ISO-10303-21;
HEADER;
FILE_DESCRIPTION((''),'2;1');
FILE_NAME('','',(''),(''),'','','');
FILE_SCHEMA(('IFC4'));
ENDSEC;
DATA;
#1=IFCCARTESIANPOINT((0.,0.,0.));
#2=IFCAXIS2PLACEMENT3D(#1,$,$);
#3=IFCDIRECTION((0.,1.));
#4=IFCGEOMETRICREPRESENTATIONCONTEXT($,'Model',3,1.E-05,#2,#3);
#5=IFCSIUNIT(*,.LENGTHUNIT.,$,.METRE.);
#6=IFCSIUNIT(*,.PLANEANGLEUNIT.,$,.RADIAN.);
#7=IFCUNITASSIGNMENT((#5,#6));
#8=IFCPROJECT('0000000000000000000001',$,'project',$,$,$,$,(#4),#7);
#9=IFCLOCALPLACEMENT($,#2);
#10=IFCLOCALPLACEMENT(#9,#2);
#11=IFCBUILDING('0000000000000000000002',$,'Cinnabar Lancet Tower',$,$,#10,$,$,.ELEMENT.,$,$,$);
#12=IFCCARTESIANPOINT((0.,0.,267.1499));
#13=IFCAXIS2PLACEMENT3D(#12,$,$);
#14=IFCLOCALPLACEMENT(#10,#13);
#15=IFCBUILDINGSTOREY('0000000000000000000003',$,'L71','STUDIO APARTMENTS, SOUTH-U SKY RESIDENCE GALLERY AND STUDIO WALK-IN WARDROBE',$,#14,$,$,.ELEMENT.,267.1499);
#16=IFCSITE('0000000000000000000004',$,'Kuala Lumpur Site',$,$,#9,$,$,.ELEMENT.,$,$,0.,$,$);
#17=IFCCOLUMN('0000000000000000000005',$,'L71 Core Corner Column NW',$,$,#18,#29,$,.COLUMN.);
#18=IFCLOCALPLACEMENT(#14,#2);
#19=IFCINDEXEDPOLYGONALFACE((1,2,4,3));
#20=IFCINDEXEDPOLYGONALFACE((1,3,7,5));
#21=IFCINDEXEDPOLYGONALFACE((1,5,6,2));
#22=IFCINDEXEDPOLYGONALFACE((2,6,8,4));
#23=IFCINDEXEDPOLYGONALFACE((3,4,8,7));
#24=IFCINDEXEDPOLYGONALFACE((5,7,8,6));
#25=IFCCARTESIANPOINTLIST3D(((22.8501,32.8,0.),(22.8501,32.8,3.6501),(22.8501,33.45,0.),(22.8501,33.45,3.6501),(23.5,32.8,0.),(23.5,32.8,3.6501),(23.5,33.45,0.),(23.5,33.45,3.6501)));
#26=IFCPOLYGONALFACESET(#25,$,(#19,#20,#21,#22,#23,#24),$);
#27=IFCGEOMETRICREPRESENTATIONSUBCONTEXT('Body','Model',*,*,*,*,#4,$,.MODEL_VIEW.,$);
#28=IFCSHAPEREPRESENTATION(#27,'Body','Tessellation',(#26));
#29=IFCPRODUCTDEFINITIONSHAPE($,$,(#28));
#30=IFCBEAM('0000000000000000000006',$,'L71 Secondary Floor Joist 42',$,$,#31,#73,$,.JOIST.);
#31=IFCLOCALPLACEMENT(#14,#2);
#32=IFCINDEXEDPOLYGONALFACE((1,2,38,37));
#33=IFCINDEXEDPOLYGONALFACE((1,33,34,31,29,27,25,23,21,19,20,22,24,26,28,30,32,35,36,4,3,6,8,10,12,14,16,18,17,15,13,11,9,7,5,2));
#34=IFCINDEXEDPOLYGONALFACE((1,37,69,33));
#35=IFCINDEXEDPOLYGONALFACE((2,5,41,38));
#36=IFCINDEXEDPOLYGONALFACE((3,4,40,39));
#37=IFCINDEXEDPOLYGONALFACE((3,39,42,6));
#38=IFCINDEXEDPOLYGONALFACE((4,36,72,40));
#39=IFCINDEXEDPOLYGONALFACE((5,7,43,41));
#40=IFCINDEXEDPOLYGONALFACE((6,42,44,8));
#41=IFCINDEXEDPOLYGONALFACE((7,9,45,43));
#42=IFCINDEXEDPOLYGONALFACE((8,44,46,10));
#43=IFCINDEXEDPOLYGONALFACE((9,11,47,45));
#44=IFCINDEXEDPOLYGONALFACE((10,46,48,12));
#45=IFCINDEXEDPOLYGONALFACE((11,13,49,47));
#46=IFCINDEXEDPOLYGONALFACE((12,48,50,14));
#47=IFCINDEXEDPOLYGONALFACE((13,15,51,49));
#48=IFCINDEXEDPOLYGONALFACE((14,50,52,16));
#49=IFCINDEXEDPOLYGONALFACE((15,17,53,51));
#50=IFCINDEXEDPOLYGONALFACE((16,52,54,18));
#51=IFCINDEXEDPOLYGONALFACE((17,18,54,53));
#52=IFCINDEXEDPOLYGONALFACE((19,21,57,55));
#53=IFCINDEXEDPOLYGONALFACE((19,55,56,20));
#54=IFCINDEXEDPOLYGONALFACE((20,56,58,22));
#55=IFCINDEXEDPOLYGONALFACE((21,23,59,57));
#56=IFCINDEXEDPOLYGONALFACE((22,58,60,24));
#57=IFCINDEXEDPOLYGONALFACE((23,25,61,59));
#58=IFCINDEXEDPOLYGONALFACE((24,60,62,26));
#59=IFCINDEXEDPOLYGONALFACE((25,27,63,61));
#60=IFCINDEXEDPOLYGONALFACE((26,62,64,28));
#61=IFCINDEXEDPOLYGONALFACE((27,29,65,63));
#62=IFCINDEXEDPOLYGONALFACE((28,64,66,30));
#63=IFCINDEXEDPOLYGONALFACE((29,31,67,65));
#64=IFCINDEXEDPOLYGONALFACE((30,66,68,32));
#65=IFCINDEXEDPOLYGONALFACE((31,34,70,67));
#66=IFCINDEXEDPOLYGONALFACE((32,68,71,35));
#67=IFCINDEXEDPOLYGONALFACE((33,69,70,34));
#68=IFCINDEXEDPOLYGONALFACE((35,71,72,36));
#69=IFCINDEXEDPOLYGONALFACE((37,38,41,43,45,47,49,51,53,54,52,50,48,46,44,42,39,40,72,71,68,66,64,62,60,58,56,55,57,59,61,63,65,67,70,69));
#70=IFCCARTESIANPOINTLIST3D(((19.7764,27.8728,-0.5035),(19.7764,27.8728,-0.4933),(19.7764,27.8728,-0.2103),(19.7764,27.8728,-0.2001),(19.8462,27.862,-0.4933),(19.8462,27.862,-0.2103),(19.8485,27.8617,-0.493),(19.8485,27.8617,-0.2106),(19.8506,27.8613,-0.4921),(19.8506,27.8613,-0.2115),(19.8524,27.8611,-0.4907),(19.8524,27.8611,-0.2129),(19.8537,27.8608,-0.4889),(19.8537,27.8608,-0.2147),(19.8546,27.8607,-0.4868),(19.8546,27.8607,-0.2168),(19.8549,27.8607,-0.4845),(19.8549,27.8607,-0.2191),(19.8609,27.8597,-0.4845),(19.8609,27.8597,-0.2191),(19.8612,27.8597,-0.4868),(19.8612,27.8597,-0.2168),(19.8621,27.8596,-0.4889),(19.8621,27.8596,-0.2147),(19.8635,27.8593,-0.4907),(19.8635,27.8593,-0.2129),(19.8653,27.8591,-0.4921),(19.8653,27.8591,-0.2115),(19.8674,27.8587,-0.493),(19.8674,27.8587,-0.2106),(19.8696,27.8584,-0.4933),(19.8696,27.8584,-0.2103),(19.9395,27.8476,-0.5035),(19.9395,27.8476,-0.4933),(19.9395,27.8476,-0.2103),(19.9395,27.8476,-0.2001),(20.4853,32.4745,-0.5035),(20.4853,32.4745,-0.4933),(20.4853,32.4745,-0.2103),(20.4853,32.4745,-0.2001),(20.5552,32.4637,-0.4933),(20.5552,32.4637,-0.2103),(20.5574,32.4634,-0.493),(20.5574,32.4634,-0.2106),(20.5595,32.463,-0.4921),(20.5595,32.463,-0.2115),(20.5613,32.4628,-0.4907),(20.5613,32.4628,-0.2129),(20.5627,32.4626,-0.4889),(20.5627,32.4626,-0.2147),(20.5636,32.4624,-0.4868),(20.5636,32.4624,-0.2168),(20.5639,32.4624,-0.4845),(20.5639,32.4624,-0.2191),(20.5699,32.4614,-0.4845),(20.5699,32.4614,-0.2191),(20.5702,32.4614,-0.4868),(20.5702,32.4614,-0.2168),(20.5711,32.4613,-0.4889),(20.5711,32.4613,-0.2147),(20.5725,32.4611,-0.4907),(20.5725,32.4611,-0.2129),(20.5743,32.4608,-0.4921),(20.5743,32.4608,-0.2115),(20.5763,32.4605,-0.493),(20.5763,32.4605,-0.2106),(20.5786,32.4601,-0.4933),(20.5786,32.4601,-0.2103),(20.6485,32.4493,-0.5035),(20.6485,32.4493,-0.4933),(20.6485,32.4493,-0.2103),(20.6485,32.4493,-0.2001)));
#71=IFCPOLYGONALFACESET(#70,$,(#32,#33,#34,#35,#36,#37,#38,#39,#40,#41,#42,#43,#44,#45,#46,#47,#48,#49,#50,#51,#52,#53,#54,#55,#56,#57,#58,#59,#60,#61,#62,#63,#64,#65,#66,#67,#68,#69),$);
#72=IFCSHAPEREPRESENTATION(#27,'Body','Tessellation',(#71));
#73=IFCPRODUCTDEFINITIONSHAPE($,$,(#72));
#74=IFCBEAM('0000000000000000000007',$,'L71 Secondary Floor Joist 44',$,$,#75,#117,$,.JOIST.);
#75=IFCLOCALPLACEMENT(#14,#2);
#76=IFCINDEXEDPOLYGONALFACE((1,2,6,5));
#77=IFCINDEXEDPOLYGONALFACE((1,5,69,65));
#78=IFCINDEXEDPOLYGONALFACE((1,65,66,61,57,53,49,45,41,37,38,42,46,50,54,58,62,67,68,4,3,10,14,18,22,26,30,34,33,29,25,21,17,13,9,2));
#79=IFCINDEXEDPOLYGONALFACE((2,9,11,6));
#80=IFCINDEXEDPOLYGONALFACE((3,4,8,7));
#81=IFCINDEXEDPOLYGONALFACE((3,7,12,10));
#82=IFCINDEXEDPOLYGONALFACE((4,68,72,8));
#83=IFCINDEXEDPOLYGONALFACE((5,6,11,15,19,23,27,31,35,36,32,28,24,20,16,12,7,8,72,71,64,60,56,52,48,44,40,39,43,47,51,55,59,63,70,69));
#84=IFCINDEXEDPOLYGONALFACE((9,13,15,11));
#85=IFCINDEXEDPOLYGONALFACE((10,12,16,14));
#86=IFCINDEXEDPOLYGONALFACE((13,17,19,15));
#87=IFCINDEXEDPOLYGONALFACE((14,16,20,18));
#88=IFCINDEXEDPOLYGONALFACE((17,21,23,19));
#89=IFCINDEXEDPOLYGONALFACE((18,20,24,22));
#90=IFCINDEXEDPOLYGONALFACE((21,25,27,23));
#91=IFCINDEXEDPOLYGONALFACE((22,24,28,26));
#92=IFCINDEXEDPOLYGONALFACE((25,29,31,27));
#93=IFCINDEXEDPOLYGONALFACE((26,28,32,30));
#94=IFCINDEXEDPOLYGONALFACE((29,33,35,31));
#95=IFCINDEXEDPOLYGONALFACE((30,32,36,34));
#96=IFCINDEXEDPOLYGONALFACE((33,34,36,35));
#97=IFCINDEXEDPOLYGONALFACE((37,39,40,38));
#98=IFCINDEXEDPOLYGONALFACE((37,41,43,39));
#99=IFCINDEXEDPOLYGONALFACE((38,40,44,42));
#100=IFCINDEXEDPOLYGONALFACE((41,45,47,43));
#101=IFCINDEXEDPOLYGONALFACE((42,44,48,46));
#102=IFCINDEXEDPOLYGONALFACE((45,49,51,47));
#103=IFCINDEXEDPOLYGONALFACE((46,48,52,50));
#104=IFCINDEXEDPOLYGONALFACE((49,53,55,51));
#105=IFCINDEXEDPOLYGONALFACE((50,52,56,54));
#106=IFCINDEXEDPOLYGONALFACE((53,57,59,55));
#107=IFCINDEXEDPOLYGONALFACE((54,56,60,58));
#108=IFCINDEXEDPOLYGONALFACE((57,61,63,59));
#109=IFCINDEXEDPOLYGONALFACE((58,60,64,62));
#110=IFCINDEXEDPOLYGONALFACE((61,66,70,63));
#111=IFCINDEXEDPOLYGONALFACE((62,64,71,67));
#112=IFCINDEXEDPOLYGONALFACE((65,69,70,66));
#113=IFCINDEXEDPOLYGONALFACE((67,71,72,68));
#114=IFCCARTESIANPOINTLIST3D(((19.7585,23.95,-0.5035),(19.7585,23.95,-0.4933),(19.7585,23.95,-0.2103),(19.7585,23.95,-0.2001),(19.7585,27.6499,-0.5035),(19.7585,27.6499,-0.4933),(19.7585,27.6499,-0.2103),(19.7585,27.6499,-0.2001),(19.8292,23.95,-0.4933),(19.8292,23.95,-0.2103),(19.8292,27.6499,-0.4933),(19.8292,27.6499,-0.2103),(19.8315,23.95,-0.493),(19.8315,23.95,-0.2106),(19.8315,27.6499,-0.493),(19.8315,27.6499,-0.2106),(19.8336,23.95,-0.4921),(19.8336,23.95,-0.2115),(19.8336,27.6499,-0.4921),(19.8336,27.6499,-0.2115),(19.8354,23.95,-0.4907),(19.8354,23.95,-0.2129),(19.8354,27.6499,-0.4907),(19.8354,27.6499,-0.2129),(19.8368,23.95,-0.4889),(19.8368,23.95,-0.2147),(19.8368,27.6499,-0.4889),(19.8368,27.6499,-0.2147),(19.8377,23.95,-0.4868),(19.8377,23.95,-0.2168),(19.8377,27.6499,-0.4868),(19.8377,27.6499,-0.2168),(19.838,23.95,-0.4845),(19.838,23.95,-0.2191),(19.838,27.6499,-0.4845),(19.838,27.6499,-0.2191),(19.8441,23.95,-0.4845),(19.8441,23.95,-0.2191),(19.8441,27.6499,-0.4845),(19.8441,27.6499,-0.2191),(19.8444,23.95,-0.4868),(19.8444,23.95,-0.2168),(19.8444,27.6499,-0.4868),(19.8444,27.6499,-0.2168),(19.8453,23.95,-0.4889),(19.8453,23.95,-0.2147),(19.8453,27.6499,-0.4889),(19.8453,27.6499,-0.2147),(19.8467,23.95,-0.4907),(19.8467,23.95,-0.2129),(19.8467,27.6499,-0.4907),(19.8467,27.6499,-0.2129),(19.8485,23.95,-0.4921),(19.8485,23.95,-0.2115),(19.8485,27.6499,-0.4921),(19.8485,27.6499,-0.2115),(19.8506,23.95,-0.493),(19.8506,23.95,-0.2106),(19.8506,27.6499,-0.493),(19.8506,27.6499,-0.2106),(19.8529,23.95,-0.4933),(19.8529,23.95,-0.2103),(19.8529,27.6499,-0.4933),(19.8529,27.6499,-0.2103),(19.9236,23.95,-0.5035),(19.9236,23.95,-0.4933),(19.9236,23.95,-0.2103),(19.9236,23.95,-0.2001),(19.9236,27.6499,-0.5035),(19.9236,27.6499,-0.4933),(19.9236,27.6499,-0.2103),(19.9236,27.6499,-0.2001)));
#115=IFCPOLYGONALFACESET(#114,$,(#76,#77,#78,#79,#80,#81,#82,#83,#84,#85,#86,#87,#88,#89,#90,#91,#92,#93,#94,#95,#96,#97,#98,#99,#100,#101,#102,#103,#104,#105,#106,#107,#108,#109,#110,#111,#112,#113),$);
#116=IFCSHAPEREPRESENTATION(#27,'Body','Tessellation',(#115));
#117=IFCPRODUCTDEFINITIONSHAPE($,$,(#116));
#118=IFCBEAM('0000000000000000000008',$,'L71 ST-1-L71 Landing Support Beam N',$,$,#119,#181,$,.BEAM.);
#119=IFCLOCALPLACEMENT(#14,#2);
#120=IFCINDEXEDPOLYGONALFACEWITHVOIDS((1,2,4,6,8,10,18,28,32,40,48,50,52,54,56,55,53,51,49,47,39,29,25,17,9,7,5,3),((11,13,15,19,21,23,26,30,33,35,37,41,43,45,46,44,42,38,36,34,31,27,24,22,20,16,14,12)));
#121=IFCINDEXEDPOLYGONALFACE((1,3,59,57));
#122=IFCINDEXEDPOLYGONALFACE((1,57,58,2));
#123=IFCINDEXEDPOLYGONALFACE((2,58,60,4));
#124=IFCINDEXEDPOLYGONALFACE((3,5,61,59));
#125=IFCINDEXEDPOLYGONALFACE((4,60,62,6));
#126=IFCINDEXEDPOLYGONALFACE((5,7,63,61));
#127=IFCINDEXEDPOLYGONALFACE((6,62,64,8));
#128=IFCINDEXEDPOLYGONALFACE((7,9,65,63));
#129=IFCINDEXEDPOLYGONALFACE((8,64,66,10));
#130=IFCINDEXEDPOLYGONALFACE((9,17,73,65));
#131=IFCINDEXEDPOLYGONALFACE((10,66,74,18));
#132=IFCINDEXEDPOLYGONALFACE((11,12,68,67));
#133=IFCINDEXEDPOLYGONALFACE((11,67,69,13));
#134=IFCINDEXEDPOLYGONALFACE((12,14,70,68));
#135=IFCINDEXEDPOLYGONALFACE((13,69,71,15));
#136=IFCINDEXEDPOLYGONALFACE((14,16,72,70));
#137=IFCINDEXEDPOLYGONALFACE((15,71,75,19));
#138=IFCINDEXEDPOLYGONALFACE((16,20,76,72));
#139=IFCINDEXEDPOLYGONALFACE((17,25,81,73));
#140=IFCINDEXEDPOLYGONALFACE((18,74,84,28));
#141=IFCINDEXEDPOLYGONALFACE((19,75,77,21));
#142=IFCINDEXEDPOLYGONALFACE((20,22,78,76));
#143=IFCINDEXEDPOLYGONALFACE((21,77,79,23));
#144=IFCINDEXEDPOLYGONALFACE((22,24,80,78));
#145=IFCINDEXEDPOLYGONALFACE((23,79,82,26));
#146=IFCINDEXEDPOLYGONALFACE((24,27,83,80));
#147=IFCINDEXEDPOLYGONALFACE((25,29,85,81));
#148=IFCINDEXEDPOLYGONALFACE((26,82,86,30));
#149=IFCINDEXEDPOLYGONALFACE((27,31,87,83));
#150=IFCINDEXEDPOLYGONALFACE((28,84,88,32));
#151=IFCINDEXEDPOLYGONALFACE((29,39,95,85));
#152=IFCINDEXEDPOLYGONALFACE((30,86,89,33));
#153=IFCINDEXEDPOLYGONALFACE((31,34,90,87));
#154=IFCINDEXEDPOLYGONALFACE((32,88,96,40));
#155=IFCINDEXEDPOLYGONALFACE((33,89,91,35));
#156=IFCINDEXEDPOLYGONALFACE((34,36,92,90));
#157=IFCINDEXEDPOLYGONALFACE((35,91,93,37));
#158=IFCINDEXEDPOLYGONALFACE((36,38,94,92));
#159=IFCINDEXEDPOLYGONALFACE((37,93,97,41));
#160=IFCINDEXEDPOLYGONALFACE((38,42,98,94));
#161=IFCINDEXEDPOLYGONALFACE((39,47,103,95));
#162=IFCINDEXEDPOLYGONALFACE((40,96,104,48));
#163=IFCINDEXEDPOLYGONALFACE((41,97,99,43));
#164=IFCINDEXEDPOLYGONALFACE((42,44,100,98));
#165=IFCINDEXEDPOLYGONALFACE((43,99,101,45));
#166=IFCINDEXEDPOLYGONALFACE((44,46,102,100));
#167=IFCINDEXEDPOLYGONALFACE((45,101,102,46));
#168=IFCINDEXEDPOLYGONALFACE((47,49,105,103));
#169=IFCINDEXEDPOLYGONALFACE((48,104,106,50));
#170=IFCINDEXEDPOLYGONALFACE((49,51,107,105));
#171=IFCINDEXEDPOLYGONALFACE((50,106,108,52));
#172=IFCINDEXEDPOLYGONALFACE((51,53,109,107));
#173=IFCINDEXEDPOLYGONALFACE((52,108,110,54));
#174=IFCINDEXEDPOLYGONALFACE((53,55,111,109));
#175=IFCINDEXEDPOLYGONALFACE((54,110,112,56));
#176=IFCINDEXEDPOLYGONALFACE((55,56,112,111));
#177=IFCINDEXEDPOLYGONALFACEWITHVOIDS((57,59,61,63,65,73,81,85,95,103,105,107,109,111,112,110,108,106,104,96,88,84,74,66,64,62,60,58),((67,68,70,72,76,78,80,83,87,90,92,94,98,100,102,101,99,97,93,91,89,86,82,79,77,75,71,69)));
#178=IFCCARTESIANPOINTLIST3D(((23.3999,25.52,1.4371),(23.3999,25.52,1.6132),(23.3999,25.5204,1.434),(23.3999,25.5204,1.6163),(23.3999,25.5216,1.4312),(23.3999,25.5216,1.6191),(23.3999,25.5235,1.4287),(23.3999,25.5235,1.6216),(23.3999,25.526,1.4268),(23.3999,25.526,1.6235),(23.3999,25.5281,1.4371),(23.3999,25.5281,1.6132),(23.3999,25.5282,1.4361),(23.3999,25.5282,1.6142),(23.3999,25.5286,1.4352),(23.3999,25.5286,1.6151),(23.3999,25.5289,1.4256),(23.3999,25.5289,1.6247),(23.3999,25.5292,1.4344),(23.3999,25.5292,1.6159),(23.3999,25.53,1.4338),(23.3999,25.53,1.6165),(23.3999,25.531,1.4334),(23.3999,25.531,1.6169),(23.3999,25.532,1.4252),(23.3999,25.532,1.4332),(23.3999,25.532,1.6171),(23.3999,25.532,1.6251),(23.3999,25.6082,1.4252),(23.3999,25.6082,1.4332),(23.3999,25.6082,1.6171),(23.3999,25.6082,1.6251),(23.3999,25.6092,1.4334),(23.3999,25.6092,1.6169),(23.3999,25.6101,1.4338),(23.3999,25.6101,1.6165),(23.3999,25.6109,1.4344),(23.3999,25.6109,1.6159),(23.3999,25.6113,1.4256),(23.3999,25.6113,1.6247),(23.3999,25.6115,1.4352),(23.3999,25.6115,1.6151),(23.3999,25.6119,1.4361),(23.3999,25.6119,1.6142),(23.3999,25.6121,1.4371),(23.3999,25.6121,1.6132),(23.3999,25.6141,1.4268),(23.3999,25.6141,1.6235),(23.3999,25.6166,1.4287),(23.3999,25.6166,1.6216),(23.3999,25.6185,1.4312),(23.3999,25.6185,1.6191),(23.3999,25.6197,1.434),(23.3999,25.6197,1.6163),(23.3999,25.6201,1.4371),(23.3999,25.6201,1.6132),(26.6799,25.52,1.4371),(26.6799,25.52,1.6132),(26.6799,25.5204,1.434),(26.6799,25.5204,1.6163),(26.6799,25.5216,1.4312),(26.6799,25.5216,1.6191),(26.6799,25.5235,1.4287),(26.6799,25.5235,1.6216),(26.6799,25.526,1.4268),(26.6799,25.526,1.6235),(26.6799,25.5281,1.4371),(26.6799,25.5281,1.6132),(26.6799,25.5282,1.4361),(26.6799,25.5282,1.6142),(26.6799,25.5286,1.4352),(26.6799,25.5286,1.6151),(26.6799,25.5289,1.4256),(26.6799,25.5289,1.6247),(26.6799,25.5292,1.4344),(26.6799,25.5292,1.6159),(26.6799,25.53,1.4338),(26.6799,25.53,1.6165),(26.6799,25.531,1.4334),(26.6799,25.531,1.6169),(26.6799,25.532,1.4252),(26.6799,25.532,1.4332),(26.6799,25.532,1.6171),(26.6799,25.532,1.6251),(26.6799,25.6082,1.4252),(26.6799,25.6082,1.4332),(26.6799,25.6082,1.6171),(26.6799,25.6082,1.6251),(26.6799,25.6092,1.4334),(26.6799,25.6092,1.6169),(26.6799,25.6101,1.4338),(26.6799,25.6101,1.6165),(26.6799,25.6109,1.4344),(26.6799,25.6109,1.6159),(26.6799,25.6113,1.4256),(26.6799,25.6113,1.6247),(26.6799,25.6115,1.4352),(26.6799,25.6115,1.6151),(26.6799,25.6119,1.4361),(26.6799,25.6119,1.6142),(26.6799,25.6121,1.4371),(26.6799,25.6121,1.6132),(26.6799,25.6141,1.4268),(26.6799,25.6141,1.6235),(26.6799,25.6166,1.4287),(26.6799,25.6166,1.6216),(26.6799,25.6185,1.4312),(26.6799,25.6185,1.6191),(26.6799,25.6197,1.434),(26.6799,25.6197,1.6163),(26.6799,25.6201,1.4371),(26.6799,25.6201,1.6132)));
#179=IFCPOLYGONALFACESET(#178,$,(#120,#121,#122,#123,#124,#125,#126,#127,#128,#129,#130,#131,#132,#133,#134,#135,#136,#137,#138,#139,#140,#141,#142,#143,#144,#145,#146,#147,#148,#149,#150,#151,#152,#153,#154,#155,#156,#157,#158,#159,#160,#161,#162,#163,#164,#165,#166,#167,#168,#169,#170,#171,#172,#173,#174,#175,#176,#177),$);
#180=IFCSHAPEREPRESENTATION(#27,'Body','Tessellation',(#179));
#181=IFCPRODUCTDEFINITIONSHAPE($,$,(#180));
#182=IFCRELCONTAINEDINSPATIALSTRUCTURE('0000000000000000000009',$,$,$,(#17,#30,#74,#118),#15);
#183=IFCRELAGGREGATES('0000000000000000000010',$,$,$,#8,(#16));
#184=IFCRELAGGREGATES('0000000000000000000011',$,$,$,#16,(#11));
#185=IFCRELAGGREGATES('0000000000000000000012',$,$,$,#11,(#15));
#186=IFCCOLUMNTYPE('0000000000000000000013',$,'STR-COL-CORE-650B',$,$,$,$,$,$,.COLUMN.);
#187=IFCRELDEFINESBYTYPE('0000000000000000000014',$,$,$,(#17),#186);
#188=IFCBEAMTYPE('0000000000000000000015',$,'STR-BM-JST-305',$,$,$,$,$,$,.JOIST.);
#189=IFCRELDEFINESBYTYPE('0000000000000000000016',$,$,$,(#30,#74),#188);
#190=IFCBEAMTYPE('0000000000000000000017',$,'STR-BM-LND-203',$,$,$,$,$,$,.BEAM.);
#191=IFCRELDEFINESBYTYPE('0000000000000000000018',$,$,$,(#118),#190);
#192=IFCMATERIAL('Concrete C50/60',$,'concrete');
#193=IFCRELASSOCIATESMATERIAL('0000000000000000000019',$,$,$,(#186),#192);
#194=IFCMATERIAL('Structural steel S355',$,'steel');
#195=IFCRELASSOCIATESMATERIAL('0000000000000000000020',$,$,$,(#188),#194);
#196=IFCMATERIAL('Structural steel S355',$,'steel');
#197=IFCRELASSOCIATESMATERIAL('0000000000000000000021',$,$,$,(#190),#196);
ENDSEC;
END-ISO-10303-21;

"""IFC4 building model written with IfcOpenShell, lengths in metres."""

from ifc_helpers import new_model, si_unit, direction, frame, origin, origin_2d, place, context, subcontext, project, spatial, rectangle, hollow_rectangle, i_section, extrude, material, material_profile, profile_set, type_object, element, save


model = new_model("IFC4")

# Units and contexts
model_context = context("Model", 3, precision=1e-05, world=origin(), true_north=direction((0.0, 1.0)))
body_context = subcontext(model_context, "Body", "Model", "MODEL_VIEW")
ifc_project = project(units=[si_unit("LENGTHUNIT", "METRE"), si_unit("PLANEANGLEUNIT", "RADIAN")], contexts=[model_context])

# Site, building, storey
site_placement = place(None, origin())
site = spatial("IfcSite", under=ifc_project, at=site_placement, Name="Kuala Lumpur Site", CompositionType="ELEMENT", RefElevation=0.0)
building_placement = place(site_placement, origin())
building = spatial("IfcBuilding", under=site, at=building_placement, Name="Cinnabar Lancet Tower", CompositionType="ELEMENT")
storey_placement = place(building_placement, frame((0.0, 0.0, 267.1499)))
storey = spatial("IfcBuildingStorey", under=building, at=storey_placement, Name="L71", Description="STUDIO APARTMENTS, SOUTH-U SKY RESIDENCE GALLERY AND STUDIO WALK-IN WARDROBE", CompositionType="ELEMENT", Elevation=267.1499)

# Column
ifc_material_1 = material(Name="Concrete C50/60", Category="concrete")
ifc_material_profile_1 = material_profile(ifc_material_1, rectangle(XDim=0.6499, YDim=0.6499, at=origin_2d()), Name="RC-COL 650x650")
ifc_profile_set_1 = profile_set([ifc_material_profile_1], Name="Concrete C50/60")
column_type = type_object("IfcColumnType", Name="STR-COL-CORE-650B", PredefinedType="COLUMN", material=ifc_profile_set_1)
column_placement = place(storey_placement, frame((23.175, 33.125, 0.0), z_axis=(0.0, 0.0, 1.0), x_axis=(1.0, 0.0, 0.0)))
element("IfcColumn", 1, at=column_placement, inside=storey, type_object=column_type, Name="L71 Core Corner Column NW", PredefinedType="COLUMN", context=body_context, shape_type="SweptSolid", body=[
    extrude(rectangle(XDim=0.6499, YDim=0.6499, at=origin_2d()), origin(), (0.0, 0.0, 1.0), 3.6501),
])

# Beams
ifc_material_2 = material(Name="Structural steel S355", Category="steel")
ifc_material_profile_2 = material_profile(ifc_material_2, i_section(OverallWidth=0.165, OverallDepth=0.3035, WebThickness=0.0061, FlangeThickness=0.0103, FilletRadius=0.0088, at=origin_2d()), Name="UKB 305x165x40")
ifc_profile_set_2 = profile_set([ifc_material_profile_2], Name="Structural steel S355")
beam_type_1 = type_object("IfcBeamType", Name="STR-BM-JST-305", PredefinedType="JOIST", material=ifc_profile_set_2)
beam_1_placement = place(storey_placement, frame((20.5669, 32.4619, -0.3518), z_axis=(-0.15227, -0.988339, 0.0), x_axis=(0.988339, -0.15227, 0.0)))
element("IfcBeam", 2, at=beam_1_placement, inside=storey, type_object=beam_type_1, Name="L71 Secondary Floor Joist 42", PredefinedType="JOIST", context=body_context, shape_type="SweptSolid", body=[
    extrude(i_section(OverallWidth=0.165, OverallDepth=0.3035, WebThickness=0.0061, FlangeThickness=0.0103, FilletRadius=0.0088, at=origin_2d()), origin(), (0.0, 0.0, 1.0), 4.656),
])
beam_2_placement = place(storey_placement, frame((19.8411, 27.6499, -0.3518), z_axis=(0.0, -1.0, 0.0), x_axis=(1.0, 0.0, 0.0)))
element("IfcBeam", 3, at=beam_2_placement, inside=storey, type_object=beam_type_1, Name="L71 Secondary Floor Joist 44", PredefinedType="JOIST", context=body_context, shape_type="SweptSolid", body=[
    extrude(i_section(OverallWidth=0.165, OverallDepth=0.3035, WebThickness=0.0061, FlangeThickness=0.0103, FilletRadius=0.0088, at=origin_2d()), origin(), (0.0, 0.0, 1.0), 3.7),
])
ifc_material_3 = material(Name="Structural steel S355", Category="steel")
ifc_material_profile_3 = material_profile(ifc_material_3, hollow_rectangle(XDim=0.1001, YDim=0.2, WallThickness=0.0081, InnerFilletRadius=0.0039, OuterFilletRadius=0.012, at=origin_2d()), Name="RHS 200x100x8")
ifc_profile_set_3 = profile_set([ifc_material_profile_3], Name="Structural steel S355")
beam_type_2 = type_object("IfcBeamType", Name="STR-BM-LND-203", PredefinedType="BEAM", material=ifc_profile_set_3)
beam_3_placement = place(storey_placement, frame((23.3999, 25.5701, 1.5251), z_axis=(1.0, 0.0, 0.0), x_axis=(0.0, 1.0, 0.0)))
element("IfcBeam", 4, at=beam_3_placement, inside=storey, type_object=beam_type_2, Name="L71 ST-1-L71 Landing Support Beam N", PredefinedType="BEAM", context=body_context, shape_type="SweptSolid", body=[
    extrude(hollow_rectangle(XDim=0.1001, YDim=0.2, WallThickness=0.0081, InnerFilletRadius=0.0039, OuterFilletRadius=0.012, at=origin_2d()), origin(), (0.0, 0.0, 1.0), 3.28),
])

save(model, "model.ifc")
